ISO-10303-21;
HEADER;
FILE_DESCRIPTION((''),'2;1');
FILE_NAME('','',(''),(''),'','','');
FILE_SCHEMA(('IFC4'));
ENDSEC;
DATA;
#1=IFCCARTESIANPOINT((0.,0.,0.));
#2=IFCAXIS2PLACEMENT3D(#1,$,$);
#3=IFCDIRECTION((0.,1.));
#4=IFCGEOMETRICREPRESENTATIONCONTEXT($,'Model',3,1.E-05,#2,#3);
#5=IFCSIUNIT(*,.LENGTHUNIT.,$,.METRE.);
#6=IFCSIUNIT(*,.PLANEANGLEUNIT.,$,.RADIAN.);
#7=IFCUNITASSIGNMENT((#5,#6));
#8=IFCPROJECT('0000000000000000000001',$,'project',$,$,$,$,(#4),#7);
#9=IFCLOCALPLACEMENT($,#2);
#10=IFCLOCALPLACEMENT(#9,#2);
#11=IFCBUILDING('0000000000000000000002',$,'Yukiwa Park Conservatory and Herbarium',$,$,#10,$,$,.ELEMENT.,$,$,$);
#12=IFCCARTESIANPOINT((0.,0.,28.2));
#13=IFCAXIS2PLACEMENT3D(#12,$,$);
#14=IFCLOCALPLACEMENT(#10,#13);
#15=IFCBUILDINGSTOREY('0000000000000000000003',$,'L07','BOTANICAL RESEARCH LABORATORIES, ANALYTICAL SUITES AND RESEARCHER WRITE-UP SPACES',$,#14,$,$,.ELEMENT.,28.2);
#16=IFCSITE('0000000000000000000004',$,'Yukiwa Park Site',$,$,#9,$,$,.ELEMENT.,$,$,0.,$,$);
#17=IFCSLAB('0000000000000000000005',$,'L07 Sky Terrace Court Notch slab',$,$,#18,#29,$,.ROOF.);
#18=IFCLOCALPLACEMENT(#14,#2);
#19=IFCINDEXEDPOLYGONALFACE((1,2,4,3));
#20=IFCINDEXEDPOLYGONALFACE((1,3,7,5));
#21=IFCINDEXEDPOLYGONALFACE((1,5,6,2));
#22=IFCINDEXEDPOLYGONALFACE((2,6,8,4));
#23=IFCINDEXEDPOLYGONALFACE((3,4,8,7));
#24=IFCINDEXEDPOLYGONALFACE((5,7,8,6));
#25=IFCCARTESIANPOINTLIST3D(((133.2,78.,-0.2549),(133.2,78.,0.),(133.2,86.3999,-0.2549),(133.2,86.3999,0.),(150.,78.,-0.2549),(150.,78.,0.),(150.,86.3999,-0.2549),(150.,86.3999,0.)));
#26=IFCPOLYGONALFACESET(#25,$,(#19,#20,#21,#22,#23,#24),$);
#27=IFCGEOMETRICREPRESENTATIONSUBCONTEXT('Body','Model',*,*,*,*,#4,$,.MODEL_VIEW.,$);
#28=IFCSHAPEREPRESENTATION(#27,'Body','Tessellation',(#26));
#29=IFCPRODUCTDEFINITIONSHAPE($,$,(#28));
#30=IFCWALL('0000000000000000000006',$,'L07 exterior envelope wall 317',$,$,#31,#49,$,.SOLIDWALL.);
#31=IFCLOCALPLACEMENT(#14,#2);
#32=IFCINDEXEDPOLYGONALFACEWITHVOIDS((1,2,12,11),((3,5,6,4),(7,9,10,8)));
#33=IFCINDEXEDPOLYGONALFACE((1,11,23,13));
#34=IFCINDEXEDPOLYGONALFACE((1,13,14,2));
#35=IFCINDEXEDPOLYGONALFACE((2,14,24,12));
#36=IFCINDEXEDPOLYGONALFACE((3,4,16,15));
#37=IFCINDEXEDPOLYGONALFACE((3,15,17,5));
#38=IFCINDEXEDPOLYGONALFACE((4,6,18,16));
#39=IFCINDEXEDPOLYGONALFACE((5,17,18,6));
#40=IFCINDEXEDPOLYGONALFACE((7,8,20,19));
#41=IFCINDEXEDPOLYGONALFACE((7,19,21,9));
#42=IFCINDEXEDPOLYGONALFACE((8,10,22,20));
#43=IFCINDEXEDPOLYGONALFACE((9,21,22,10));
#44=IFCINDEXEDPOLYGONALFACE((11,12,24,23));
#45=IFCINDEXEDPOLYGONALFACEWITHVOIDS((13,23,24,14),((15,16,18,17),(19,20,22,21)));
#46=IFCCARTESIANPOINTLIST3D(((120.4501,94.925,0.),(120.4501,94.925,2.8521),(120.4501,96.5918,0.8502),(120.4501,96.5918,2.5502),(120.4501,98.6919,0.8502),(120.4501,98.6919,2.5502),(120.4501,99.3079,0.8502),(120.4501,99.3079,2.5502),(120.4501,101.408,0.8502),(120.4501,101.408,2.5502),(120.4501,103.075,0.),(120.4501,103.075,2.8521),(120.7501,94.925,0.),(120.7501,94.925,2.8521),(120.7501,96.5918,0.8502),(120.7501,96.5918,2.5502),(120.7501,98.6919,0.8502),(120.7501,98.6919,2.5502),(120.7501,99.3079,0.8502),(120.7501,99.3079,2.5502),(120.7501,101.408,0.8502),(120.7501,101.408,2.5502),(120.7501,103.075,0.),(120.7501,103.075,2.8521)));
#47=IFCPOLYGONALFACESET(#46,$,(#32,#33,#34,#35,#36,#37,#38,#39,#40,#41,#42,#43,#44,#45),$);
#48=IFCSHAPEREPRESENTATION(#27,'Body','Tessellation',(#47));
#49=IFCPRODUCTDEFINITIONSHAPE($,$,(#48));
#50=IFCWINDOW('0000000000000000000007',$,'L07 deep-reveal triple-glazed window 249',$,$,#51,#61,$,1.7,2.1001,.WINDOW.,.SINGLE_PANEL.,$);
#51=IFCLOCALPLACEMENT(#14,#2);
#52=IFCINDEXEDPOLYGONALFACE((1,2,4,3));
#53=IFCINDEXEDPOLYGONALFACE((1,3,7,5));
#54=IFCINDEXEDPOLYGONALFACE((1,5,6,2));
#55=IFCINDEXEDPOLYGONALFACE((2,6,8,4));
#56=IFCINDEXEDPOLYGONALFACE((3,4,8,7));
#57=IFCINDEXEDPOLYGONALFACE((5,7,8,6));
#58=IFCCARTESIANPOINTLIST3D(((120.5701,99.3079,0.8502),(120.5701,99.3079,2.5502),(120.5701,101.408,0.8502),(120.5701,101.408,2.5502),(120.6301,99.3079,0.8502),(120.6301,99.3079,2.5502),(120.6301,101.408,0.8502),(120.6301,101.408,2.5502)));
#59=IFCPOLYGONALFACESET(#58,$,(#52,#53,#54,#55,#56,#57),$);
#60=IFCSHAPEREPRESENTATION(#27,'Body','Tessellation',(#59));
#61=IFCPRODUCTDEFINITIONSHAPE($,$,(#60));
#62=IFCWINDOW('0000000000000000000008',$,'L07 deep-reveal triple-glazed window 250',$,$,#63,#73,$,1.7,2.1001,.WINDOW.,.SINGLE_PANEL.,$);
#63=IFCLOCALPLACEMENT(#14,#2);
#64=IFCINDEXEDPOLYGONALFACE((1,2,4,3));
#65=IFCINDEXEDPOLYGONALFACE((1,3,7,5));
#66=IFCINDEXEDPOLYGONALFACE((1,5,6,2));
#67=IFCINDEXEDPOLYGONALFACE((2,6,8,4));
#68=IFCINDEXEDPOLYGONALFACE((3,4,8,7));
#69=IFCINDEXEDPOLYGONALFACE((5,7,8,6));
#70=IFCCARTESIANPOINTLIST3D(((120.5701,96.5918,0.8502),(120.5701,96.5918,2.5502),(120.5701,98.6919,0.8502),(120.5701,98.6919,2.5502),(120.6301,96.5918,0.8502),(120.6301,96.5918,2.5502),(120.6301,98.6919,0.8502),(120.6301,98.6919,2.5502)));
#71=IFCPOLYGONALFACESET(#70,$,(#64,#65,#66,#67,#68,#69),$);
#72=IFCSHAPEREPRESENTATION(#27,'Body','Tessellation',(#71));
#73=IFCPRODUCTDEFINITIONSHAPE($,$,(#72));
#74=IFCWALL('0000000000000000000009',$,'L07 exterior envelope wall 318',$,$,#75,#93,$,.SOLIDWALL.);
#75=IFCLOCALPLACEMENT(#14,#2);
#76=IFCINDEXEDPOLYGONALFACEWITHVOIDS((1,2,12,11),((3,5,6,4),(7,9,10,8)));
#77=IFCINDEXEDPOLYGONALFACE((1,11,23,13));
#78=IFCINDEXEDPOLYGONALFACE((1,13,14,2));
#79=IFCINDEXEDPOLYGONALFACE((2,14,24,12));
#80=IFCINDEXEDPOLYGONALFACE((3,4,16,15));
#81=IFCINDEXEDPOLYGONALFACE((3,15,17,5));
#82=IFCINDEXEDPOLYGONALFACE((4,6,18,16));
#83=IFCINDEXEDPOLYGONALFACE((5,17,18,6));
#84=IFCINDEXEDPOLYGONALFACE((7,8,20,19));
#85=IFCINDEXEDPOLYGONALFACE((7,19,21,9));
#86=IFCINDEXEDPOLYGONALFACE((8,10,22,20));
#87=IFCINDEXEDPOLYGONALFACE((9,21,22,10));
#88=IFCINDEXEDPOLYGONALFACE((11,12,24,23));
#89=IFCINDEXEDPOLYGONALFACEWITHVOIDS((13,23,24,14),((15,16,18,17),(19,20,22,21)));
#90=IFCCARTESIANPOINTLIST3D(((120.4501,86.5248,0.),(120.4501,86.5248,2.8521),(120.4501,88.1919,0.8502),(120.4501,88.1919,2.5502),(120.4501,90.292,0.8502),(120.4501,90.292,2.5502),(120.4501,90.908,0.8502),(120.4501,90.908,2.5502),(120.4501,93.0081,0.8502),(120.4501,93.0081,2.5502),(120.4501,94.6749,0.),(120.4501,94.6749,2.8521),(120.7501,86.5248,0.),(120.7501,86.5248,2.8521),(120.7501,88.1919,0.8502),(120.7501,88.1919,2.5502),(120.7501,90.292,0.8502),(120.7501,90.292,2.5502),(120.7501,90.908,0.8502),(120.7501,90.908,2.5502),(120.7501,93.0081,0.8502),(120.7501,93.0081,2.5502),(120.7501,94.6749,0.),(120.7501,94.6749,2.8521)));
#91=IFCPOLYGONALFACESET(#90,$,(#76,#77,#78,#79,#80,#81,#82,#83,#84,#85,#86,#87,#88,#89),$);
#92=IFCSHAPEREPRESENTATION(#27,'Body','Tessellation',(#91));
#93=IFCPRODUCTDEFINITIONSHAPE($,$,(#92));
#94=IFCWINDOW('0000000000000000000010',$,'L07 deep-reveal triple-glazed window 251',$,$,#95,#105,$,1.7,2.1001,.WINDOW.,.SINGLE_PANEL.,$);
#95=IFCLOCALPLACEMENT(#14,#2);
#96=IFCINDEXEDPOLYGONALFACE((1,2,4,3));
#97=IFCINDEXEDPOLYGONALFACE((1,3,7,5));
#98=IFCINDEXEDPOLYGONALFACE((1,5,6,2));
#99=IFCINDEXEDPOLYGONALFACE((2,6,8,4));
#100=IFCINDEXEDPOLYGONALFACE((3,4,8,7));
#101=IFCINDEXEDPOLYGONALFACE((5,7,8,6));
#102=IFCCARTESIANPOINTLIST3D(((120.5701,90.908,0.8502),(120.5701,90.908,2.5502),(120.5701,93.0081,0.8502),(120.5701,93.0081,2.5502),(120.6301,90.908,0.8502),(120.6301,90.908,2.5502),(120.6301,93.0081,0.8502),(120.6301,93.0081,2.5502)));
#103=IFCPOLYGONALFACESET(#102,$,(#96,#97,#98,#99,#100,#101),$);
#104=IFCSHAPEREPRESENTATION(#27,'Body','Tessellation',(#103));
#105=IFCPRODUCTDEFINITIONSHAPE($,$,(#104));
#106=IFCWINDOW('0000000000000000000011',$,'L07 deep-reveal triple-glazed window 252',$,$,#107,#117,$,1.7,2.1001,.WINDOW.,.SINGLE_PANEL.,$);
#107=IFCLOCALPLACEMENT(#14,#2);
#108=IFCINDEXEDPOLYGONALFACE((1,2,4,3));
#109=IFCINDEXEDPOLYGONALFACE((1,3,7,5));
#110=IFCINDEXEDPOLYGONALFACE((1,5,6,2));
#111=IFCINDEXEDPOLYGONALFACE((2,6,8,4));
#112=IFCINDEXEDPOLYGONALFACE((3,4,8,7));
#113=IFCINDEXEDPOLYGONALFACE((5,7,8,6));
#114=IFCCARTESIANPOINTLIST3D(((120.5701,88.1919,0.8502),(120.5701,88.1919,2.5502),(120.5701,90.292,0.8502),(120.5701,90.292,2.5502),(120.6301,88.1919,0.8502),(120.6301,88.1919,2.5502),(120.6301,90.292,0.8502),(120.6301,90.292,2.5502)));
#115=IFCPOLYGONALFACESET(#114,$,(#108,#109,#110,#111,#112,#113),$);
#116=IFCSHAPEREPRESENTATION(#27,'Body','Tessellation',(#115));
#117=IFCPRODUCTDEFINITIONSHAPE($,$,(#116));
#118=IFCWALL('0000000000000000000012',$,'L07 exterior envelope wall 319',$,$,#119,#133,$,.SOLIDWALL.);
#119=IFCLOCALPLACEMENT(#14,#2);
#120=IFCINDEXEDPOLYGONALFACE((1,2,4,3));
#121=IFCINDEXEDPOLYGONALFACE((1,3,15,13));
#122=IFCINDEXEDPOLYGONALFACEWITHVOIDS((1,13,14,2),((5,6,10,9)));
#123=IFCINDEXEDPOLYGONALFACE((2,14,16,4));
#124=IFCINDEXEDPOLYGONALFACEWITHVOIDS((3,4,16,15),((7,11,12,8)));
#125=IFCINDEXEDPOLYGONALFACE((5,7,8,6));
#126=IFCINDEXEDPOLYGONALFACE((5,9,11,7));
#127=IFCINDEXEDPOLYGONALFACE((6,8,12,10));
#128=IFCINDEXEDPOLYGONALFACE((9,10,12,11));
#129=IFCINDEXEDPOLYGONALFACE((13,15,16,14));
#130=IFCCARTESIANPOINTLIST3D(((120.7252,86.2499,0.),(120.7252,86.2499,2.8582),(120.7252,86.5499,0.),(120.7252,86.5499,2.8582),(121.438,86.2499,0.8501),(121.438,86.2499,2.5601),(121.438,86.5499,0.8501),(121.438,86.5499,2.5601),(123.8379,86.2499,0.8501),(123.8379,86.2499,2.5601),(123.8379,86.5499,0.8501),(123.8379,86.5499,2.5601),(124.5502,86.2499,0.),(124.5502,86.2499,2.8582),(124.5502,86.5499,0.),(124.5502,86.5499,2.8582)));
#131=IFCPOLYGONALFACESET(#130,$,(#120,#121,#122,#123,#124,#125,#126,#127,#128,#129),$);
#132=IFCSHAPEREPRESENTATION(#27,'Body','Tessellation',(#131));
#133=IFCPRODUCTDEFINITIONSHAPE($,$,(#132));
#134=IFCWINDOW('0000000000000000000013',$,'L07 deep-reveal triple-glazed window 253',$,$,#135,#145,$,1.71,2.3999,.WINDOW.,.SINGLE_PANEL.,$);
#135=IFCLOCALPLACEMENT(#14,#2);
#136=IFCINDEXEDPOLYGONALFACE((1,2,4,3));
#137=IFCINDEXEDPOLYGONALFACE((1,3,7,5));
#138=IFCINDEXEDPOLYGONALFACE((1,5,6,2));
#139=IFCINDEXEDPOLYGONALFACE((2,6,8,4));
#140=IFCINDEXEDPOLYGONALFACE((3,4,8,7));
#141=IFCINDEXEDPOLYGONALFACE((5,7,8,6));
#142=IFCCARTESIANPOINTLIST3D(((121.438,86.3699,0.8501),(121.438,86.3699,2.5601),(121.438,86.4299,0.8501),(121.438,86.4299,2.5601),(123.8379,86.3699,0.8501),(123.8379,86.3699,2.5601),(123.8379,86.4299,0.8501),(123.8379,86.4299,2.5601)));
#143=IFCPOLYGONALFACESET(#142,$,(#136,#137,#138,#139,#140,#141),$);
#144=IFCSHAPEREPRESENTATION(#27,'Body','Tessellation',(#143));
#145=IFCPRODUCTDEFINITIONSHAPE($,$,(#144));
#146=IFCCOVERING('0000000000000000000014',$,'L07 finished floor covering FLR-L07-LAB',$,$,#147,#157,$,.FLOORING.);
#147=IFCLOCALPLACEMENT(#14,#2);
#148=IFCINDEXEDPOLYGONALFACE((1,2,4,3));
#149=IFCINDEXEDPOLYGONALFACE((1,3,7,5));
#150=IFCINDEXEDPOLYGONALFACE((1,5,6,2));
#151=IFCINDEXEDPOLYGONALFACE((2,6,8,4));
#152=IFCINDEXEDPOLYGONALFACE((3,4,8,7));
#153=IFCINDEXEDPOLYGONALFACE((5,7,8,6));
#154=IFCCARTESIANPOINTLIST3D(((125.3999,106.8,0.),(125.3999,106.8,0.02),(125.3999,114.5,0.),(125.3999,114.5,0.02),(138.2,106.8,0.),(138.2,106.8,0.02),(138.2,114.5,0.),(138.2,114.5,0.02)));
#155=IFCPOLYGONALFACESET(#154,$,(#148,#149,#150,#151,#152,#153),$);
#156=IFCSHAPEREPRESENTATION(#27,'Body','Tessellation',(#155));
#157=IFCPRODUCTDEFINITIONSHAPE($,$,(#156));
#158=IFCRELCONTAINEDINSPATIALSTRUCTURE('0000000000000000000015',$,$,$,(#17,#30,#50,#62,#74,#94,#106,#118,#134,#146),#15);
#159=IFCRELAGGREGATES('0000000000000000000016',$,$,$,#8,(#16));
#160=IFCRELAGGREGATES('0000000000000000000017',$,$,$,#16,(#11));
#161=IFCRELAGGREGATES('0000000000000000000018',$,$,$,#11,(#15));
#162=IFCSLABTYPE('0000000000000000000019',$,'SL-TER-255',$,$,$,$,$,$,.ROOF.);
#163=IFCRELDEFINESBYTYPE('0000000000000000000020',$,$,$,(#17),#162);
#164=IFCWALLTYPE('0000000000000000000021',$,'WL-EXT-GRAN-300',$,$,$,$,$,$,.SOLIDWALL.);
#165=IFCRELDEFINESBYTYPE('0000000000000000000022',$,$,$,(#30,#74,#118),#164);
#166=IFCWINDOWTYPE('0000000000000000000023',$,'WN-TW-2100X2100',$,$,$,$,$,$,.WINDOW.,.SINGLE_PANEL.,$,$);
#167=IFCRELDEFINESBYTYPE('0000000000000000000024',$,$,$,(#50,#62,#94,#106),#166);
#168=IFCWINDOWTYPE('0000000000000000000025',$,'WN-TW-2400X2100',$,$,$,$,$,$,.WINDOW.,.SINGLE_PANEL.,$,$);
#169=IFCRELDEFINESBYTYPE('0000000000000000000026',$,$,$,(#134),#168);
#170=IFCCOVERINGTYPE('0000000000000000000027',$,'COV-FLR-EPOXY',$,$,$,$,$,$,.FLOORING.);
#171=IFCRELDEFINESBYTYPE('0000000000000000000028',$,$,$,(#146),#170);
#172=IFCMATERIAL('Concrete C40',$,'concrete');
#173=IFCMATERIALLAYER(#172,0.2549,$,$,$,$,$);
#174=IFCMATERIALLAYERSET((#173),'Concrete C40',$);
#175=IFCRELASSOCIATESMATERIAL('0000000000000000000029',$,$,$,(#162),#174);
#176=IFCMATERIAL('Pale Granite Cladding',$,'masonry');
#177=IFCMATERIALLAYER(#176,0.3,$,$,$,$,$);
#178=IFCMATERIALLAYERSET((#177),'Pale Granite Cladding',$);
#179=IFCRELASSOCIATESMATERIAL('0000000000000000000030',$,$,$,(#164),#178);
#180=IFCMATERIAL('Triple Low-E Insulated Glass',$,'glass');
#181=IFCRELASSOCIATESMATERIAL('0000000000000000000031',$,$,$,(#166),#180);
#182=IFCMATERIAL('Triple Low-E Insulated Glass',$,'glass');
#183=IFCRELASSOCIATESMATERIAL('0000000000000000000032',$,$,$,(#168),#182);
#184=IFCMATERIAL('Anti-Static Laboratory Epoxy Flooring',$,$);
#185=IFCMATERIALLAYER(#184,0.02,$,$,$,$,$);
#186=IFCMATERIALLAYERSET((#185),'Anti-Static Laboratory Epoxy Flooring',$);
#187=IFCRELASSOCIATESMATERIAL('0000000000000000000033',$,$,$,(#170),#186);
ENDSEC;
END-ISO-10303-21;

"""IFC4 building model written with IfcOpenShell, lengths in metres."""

from ifc_helpers import new_model, si_unit, direction, frame, frame_2d, origin, place, context, subcontext, project, spatial, polyline, rectangle, outline, extrude, material, layer, layer_set, type_object, element, fill, save


model = new_model("IFC4")

# Units and contexts
model_context = context("Model", 3, precision=1e-05, world=origin(), true_north=direction((0.0, 1.0)))
body_context = subcontext(model_context, "Body", "Model", "MODEL_VIEW")
ifc_project = project(units=[si_unit("LENGTHUNIT", "METRE"), si_unit("PLANEANGLEUNIT", "RADIAN")], contexts=[model_context])

# Site, building, storey
site_placement = place(None, origin())
site = spatial("IfcSite", under=ifc_project, at=site_placement, Name="Yukiwa Park Site", CompositionType="ELEMENT", RefElevation=0.0)
building_placement = place(site_placement, origin())
building = spatial("IfcBuilding", under=site, at=building_placement, Name="Yukiwa Park Conservatory and Herbarium", CompositionType="ELEMENT")
storey_placement = place(building_placement, frame((0.0, 0.0, 28.2)))
storey = spatial("IfcBuildingStorey", under=building, at=storey_placement, Name="L07", Description="BOTANICAL RESEARCH LABORATORIES, ANALYTICAL SUITES AND RESEARCHER WRITE-UP SPACES", CompositionType="ELEMENT", Elevation=28.2)

# Slab
ifc_material_1 = material(Name="Concrete C40", Category="concrete")
ifc_layer_1 = layer(ifc_material_1, 0.2549)
ifc_layer_set_1 = layer_set([ifc_layer_1], Name="Concrete C40")
slab_type_1 = type_object("IfcSlabType", Name="SL-TER-255", PredefinedType="ROOF", material=ifc_layer_set_1)
slab_1_placement = place(storey_placement, frame((0.0, 0.0, -0.2549)))
element("IfcSlab", 1, at=slab_1_placement, inside=storey, type_object=slab_type_1, Name="L07 Sky Terrace Court Notch slab", PredefinedType="ROOF", context=body_context, shape_type="SweptSolid", body=[
    extrude(outline(polyline([(133.2, 78.0), (133.2, 86.3999), (150.0, 86.3999), (150.0, 78.0), (133.2, 78.0)])), origin(), (0.0, 0.0, 1.0), 0.2549),
])

# Walls, openings, windows
ifc_material_2 = material(Name="Pale Granite Cladding", Category="masonry")
ifc_layer_2 = layer(ifc_material_2, 0.3)
ifc_layer_set_2 = layer_set([ifc_layer_2], Name="Pale Granite Cladding")
wall_type = type_object("IfcWallType", Name="WL-EXT-GRAN-300", PredefinedType="SOLIDWALL", material=ifc_layer_set_2)
wall_1_placement = place(storey_placement, frame((120.6001, 103.075, 0.0), z_axis=(0.0, 0.0, 1.0), x_axis=(0.0, -1.0, 0.0)))
wall_1 = element("IfcWall", 2, at=wall_1_placement, inside=storey, type_object=wall_type, Name="L07 exterior envelope wall 317", PredefinedType="SOLIDWALL", context=body_context, shape_type="SweptSolid", body=[
    extrude(rectangle(XDim=8.1499, YDim=0.3, at=frame_2d((4.075, 0.0))), origin(), (0.0, 0.0, 1.0), 2.8521),
])
opening_1_placement = place(wall_1_placement, frame((1.667, 0.0, 0.8501)))
opening_1 = element("IfcOpeningElement", 3, at=opening_1_placement, cuts=wall_1, PredefinedType="OPENING", context=body_context, shape_type="SweptSolid", body=[
    extrude(rectangle(XDim=2.1001, YDim=1.7, at=frame_2d((1.05, 0.8501))), frame((0.0, 0.1602, 0.0), z_axis=(0.0, -1.0, 0.0), x_axis=(1.0, 0.0, 0.0)), (0.0, 0.0, 1.0), 0.3201),
])
opening_2_placement = place(wall_1_placement, frame((4.3831, 0.0, 0.8501)))
opening_2 = element("IfcOpeningElement", 4, at=opening_2_placement, cuts=wall_1, PredefinedType="OPENING", context=body_context, shape_type="SweptSolid", body=[
    extrude(rectangle(XDim=2.1001, YDim=1.7, at=frame_2d((1.05, 0.8501))), frame((0.0, 0.1602, 0.0), z_axis=(0.0, -1.0, 0.0), x_axis=(1.0, 0.0, 0.0)), (0.0, 0.0, 1.0), 0.3201),
])
ifc_material_3 = material(Name="Triple Low-E Insulated Glass", Category="glass")
window_type_1 = type_object("IfcWindowType", Name="WN-TW-2100X2100", PartitioningType="SINGLE_PANEL", PredefinedType="WINDOW", material=ifc_material_3)
window_1_placement = place(opening_1_placement, origin())
window_1 = element("IfcWindow", 5, at=window_1_placement, inside=storey, type_object=window_type_1, Name="L07 deep-reveal triple-glazed window 249", OverallHeight=1.7, OverallWidth=2.1001, PartitioningType="SINGLE_PANEL", PredefinedType="WINDOW", context=body_context, shape_type="SweptSolid", body=[
    extrude(rectangle(XDim=2.1001, YDim=1.7, at=frame_2d((1.05, 0.8501))), frame((0.0, 0.03, 0.0), z_axis=(0.0, -1.0, 0.0), x_axis=(1.0, 0.0, 0.0)), (0.0, 0.0, 1.0), 0.0601),
])
fill(opening_1, window_1)
window_2_placement = place(opening_2_placement, origin())
window_2 = element("IfcWindow", 6, at=window_2_placement, inside=storey, type_object=window_type_1, Name="L07 deep-reveal triple-glazed window 250", OverallHeight=1.7, OverallWidth=2.1001, PartitioningType="SINGLE_PANEL", PredefinedType="WINDOW", context=body_context, shape_type="SweptSolid", body=[
    extrude(rectangle(XDim=2.1001, YDim=1.7, at=frame_2d((1.05, 0.8501))), frame((0.0, 0.03, 0.0), z_axis=(0.0, -1.0, 0.0), x_axis=(1.0, 0.0, 0.0)), (0.0, 0.0, 1.0), 0.0601),
])
fill(opening_2, window_2)
wall_2_placement = place(storey_placement, frame((120.6001, 94.675, 0.0), z_axis=(0.0, 0.0, 1.0), x_axis=(0.0, -1.0, 0.0)))
wall_2 = element("IfcWall", 7, at=wall_2_placement, inside=storey, type_object=wall_type, Name="L07 exterior envelope wall 318", PredefinedType="SOLIDWALL", context=body_context, shape_type="SweptSolid", body=[
    extrude(rectangle(XDim=8.1501, YDim=0.3, at=frame_2d((4.0752, 0.0))), origin(), (0.0, 0.0, 1.0), 2.8521),
])
opening_3_placement = place(wall_2_placement, frame((1.667, 0.0, 0.8501)))
opening_3 = element("IfcOpeningElement", 8, at=opening_3_placement, cuts=wall_2, PredefinedType="OPENING", context=body_context, shape_type="SweptSolid", body=[
    extrude(rectangle(XDim=2.1001, YDim=1.7, at=frame_2d((1.05, 0.8501))), frame((0.0, 0.1602, 0.0), z_axis=(0.0, -1.0, 0.0), x_axis=(1.0, 0.0, 0.0)), (0.0, 0.0, 1.0), 0.3201),
])
opening_4_placement = place(wall_2_placement, frame((4.3831, 0.0, 0.8501)))
opening_4 = element("IfcOpeningElement", 9, at=opening_4_placement, cuts=wall_2, PredefinedType="OPENING", context=body_context, shape_type="SweptSolid", body=[
    extrude(rectangle(XDim=2.1001, YDim=1.7, at=frame_2d((1.05, 0.8501))), frame((0.0, 0.1602, 0.0), z_axis=(0.0, -1.0, 0.0), x_axis=(1.0, 0.0, 0.0)), (0.0, 0.0, 1.0), 0.3201),
])
window_3_placement = place(opening_3_placement, origin())
window_3 = element("IfcWindow", 10, at=window_3_placement, inside=storey, type_object=window_type_1, Name="L07 deep-reveal triple-glazed window 251", OverallHeight=1.7, OverallWidth=2.1001, PartitioningType="SINGLE_PANEL", PredefinedType="WINDOW", context=body_context, shape_type="SweptSolid", body=[
    extrude(rectangle(XDim=2.1001, YDim=1.7, at=frame_2d((1.05, 0.8501))), frame((0.0, 0.03, 0.0), z_axis=(0.0, -1.0, 0.0), x_axis=(1.0, 0.0, 0.0)), (0.0, 0.0, 1.0), 0.0601),
])
fill(opening_3, window_3)
window_4_placement = place(opening_4_placement, origin())
window_4 = element("IfcWindow", 11, at=window_4_placement, inside=storey, type_object=window_type_1, Name="L07 deep-reveal triple-glazed window 252", OverallHeight=1.7, OverallWidth=2.1001, PartitioningType="SINGLE_PANEL", PredefinedType="WINDOW", context=body_context, shape_type="SweptSolid", body=[
    extrude(rectangle(XDim=2.1001, YDim=1.7, at=frame_2d((1.05, 0.8501))), frame((0.0, 0.03, 0.0), z_axis=(0.0, -1.0, 0.0), x_axis=(1.0, 0.0, 0.0)), (0.0, 0.0, 1.0), 0.0601),
])
fill(opening_4, window_4)

# Wall, opening, window
wall_3_placement = place(storey_placement, frame((120.7251, 86.3999, 0.0), z_axis=(0.0, 0.0, 1.0), x_axis=(1.0, 0.0, 0.0)))
wall_3 = element("IfcWall", 12, at=wall_3_placement, inside=storey, type_object=wall_type, Name="L07 exterior envelope wall 319", PredefinedType="SOLIDWALL", context=body_context, shape_type="SweptSolid", body=[
    extrude(rectangle(XDim=3.825, YDim=0.3, at=frame_2d((1.9126, 0.0))), origin(), (0.0, 0.0, 1.0), 2.8582),
])
opening_5_placement = place(wall_3_placement, frame((0.7129, 0.0, 0.8501)))
opening_5 = element("IfcOpeningElement", 13, at=opening_5_placement, cuts=wall_3, PredefinedType="OPENING", context=body_context, shape_type="SweptSolid", body=[
    extrude(rectangle(XDim=2.3999, YDim=1.71, at=frame_2d((1.2, 0.855))), frame((0.0, 0.1602, 0.0), z_axis=(0.0, -1.0, 0.0), x_axis=(1.0, 0.0, 0.0)), (0.0, 0.0, 1.0), 0.3201),
])
ifc_material_4 = material(Name="Triple Low-E Insulated Glass", Category="glass")
window_type_2 = type_object("IfcWindowType", Name="WN-TW-2400X2100", PartitioningType="SINGLE_PANEL", PredefinedType="WINDOW", material=ifc_material_4)
window_5_placement = place(opening_5_placement, origin())
window_5 = element("IfcWindow", 14, at=window_5_placement, inside=storey, type_object=window_type_2, Name="L07 deep-reveal triple-glazed window 253", OverallHeight=1.71, OverallWidth=2.3999, PartitioningType="SINGLE_PANEL", PredefinedType="WINDOW", context=body_context, shape_type="SweptSolid", body=[
    extrude(rectangle(XDim=2.3999, YDim=1.71, at=frame_2d((1.2, 0.855))), frame((0.0, 0.03, 0.0), z_axis=(0.0, -1.0, 0.0), x_axis=(1.0, 0.0, 0.0)), (0.0, 0.0, 1.0), 0.0601),
])
fill(opening_5, window_5)

# Covering
ifc_material_5 = material(Name="Anti-Static Laboratory Epoxy Flooring")
ifc_layer_3 = layer(ifc_material_5, 0.02)
ifc_layer_set_3 = layer_set([ifc_layer_3], Name="Anti-Static Laboratory Epoxy Flooring")
covering_type = type_object("IfcCoveringType", Name="COV-FLR-EPOXY", PredefinedType="FLOORING", material=ifc_layer_set_3)
covering_placement = place(storey_placement, origin())
element("IfcCovering", 15, at=covering_placement, inside=storey, type_object=covering_type, Name="L07 finished floor covering FLR-L07-LAB", PredefinedType="FLOORING", context=body_context, shape_type="SweptSolid", body=[
    extrude(outline(polyline([(125.3999, 106.8), (138.2, 106.8), (138.2, 114.5), (125.3999, 114.5), (125.3999, 106.8)])), origin(), (0.0, 0.0, 1.0), 0.02),
])

save(model, "model.ifc")
